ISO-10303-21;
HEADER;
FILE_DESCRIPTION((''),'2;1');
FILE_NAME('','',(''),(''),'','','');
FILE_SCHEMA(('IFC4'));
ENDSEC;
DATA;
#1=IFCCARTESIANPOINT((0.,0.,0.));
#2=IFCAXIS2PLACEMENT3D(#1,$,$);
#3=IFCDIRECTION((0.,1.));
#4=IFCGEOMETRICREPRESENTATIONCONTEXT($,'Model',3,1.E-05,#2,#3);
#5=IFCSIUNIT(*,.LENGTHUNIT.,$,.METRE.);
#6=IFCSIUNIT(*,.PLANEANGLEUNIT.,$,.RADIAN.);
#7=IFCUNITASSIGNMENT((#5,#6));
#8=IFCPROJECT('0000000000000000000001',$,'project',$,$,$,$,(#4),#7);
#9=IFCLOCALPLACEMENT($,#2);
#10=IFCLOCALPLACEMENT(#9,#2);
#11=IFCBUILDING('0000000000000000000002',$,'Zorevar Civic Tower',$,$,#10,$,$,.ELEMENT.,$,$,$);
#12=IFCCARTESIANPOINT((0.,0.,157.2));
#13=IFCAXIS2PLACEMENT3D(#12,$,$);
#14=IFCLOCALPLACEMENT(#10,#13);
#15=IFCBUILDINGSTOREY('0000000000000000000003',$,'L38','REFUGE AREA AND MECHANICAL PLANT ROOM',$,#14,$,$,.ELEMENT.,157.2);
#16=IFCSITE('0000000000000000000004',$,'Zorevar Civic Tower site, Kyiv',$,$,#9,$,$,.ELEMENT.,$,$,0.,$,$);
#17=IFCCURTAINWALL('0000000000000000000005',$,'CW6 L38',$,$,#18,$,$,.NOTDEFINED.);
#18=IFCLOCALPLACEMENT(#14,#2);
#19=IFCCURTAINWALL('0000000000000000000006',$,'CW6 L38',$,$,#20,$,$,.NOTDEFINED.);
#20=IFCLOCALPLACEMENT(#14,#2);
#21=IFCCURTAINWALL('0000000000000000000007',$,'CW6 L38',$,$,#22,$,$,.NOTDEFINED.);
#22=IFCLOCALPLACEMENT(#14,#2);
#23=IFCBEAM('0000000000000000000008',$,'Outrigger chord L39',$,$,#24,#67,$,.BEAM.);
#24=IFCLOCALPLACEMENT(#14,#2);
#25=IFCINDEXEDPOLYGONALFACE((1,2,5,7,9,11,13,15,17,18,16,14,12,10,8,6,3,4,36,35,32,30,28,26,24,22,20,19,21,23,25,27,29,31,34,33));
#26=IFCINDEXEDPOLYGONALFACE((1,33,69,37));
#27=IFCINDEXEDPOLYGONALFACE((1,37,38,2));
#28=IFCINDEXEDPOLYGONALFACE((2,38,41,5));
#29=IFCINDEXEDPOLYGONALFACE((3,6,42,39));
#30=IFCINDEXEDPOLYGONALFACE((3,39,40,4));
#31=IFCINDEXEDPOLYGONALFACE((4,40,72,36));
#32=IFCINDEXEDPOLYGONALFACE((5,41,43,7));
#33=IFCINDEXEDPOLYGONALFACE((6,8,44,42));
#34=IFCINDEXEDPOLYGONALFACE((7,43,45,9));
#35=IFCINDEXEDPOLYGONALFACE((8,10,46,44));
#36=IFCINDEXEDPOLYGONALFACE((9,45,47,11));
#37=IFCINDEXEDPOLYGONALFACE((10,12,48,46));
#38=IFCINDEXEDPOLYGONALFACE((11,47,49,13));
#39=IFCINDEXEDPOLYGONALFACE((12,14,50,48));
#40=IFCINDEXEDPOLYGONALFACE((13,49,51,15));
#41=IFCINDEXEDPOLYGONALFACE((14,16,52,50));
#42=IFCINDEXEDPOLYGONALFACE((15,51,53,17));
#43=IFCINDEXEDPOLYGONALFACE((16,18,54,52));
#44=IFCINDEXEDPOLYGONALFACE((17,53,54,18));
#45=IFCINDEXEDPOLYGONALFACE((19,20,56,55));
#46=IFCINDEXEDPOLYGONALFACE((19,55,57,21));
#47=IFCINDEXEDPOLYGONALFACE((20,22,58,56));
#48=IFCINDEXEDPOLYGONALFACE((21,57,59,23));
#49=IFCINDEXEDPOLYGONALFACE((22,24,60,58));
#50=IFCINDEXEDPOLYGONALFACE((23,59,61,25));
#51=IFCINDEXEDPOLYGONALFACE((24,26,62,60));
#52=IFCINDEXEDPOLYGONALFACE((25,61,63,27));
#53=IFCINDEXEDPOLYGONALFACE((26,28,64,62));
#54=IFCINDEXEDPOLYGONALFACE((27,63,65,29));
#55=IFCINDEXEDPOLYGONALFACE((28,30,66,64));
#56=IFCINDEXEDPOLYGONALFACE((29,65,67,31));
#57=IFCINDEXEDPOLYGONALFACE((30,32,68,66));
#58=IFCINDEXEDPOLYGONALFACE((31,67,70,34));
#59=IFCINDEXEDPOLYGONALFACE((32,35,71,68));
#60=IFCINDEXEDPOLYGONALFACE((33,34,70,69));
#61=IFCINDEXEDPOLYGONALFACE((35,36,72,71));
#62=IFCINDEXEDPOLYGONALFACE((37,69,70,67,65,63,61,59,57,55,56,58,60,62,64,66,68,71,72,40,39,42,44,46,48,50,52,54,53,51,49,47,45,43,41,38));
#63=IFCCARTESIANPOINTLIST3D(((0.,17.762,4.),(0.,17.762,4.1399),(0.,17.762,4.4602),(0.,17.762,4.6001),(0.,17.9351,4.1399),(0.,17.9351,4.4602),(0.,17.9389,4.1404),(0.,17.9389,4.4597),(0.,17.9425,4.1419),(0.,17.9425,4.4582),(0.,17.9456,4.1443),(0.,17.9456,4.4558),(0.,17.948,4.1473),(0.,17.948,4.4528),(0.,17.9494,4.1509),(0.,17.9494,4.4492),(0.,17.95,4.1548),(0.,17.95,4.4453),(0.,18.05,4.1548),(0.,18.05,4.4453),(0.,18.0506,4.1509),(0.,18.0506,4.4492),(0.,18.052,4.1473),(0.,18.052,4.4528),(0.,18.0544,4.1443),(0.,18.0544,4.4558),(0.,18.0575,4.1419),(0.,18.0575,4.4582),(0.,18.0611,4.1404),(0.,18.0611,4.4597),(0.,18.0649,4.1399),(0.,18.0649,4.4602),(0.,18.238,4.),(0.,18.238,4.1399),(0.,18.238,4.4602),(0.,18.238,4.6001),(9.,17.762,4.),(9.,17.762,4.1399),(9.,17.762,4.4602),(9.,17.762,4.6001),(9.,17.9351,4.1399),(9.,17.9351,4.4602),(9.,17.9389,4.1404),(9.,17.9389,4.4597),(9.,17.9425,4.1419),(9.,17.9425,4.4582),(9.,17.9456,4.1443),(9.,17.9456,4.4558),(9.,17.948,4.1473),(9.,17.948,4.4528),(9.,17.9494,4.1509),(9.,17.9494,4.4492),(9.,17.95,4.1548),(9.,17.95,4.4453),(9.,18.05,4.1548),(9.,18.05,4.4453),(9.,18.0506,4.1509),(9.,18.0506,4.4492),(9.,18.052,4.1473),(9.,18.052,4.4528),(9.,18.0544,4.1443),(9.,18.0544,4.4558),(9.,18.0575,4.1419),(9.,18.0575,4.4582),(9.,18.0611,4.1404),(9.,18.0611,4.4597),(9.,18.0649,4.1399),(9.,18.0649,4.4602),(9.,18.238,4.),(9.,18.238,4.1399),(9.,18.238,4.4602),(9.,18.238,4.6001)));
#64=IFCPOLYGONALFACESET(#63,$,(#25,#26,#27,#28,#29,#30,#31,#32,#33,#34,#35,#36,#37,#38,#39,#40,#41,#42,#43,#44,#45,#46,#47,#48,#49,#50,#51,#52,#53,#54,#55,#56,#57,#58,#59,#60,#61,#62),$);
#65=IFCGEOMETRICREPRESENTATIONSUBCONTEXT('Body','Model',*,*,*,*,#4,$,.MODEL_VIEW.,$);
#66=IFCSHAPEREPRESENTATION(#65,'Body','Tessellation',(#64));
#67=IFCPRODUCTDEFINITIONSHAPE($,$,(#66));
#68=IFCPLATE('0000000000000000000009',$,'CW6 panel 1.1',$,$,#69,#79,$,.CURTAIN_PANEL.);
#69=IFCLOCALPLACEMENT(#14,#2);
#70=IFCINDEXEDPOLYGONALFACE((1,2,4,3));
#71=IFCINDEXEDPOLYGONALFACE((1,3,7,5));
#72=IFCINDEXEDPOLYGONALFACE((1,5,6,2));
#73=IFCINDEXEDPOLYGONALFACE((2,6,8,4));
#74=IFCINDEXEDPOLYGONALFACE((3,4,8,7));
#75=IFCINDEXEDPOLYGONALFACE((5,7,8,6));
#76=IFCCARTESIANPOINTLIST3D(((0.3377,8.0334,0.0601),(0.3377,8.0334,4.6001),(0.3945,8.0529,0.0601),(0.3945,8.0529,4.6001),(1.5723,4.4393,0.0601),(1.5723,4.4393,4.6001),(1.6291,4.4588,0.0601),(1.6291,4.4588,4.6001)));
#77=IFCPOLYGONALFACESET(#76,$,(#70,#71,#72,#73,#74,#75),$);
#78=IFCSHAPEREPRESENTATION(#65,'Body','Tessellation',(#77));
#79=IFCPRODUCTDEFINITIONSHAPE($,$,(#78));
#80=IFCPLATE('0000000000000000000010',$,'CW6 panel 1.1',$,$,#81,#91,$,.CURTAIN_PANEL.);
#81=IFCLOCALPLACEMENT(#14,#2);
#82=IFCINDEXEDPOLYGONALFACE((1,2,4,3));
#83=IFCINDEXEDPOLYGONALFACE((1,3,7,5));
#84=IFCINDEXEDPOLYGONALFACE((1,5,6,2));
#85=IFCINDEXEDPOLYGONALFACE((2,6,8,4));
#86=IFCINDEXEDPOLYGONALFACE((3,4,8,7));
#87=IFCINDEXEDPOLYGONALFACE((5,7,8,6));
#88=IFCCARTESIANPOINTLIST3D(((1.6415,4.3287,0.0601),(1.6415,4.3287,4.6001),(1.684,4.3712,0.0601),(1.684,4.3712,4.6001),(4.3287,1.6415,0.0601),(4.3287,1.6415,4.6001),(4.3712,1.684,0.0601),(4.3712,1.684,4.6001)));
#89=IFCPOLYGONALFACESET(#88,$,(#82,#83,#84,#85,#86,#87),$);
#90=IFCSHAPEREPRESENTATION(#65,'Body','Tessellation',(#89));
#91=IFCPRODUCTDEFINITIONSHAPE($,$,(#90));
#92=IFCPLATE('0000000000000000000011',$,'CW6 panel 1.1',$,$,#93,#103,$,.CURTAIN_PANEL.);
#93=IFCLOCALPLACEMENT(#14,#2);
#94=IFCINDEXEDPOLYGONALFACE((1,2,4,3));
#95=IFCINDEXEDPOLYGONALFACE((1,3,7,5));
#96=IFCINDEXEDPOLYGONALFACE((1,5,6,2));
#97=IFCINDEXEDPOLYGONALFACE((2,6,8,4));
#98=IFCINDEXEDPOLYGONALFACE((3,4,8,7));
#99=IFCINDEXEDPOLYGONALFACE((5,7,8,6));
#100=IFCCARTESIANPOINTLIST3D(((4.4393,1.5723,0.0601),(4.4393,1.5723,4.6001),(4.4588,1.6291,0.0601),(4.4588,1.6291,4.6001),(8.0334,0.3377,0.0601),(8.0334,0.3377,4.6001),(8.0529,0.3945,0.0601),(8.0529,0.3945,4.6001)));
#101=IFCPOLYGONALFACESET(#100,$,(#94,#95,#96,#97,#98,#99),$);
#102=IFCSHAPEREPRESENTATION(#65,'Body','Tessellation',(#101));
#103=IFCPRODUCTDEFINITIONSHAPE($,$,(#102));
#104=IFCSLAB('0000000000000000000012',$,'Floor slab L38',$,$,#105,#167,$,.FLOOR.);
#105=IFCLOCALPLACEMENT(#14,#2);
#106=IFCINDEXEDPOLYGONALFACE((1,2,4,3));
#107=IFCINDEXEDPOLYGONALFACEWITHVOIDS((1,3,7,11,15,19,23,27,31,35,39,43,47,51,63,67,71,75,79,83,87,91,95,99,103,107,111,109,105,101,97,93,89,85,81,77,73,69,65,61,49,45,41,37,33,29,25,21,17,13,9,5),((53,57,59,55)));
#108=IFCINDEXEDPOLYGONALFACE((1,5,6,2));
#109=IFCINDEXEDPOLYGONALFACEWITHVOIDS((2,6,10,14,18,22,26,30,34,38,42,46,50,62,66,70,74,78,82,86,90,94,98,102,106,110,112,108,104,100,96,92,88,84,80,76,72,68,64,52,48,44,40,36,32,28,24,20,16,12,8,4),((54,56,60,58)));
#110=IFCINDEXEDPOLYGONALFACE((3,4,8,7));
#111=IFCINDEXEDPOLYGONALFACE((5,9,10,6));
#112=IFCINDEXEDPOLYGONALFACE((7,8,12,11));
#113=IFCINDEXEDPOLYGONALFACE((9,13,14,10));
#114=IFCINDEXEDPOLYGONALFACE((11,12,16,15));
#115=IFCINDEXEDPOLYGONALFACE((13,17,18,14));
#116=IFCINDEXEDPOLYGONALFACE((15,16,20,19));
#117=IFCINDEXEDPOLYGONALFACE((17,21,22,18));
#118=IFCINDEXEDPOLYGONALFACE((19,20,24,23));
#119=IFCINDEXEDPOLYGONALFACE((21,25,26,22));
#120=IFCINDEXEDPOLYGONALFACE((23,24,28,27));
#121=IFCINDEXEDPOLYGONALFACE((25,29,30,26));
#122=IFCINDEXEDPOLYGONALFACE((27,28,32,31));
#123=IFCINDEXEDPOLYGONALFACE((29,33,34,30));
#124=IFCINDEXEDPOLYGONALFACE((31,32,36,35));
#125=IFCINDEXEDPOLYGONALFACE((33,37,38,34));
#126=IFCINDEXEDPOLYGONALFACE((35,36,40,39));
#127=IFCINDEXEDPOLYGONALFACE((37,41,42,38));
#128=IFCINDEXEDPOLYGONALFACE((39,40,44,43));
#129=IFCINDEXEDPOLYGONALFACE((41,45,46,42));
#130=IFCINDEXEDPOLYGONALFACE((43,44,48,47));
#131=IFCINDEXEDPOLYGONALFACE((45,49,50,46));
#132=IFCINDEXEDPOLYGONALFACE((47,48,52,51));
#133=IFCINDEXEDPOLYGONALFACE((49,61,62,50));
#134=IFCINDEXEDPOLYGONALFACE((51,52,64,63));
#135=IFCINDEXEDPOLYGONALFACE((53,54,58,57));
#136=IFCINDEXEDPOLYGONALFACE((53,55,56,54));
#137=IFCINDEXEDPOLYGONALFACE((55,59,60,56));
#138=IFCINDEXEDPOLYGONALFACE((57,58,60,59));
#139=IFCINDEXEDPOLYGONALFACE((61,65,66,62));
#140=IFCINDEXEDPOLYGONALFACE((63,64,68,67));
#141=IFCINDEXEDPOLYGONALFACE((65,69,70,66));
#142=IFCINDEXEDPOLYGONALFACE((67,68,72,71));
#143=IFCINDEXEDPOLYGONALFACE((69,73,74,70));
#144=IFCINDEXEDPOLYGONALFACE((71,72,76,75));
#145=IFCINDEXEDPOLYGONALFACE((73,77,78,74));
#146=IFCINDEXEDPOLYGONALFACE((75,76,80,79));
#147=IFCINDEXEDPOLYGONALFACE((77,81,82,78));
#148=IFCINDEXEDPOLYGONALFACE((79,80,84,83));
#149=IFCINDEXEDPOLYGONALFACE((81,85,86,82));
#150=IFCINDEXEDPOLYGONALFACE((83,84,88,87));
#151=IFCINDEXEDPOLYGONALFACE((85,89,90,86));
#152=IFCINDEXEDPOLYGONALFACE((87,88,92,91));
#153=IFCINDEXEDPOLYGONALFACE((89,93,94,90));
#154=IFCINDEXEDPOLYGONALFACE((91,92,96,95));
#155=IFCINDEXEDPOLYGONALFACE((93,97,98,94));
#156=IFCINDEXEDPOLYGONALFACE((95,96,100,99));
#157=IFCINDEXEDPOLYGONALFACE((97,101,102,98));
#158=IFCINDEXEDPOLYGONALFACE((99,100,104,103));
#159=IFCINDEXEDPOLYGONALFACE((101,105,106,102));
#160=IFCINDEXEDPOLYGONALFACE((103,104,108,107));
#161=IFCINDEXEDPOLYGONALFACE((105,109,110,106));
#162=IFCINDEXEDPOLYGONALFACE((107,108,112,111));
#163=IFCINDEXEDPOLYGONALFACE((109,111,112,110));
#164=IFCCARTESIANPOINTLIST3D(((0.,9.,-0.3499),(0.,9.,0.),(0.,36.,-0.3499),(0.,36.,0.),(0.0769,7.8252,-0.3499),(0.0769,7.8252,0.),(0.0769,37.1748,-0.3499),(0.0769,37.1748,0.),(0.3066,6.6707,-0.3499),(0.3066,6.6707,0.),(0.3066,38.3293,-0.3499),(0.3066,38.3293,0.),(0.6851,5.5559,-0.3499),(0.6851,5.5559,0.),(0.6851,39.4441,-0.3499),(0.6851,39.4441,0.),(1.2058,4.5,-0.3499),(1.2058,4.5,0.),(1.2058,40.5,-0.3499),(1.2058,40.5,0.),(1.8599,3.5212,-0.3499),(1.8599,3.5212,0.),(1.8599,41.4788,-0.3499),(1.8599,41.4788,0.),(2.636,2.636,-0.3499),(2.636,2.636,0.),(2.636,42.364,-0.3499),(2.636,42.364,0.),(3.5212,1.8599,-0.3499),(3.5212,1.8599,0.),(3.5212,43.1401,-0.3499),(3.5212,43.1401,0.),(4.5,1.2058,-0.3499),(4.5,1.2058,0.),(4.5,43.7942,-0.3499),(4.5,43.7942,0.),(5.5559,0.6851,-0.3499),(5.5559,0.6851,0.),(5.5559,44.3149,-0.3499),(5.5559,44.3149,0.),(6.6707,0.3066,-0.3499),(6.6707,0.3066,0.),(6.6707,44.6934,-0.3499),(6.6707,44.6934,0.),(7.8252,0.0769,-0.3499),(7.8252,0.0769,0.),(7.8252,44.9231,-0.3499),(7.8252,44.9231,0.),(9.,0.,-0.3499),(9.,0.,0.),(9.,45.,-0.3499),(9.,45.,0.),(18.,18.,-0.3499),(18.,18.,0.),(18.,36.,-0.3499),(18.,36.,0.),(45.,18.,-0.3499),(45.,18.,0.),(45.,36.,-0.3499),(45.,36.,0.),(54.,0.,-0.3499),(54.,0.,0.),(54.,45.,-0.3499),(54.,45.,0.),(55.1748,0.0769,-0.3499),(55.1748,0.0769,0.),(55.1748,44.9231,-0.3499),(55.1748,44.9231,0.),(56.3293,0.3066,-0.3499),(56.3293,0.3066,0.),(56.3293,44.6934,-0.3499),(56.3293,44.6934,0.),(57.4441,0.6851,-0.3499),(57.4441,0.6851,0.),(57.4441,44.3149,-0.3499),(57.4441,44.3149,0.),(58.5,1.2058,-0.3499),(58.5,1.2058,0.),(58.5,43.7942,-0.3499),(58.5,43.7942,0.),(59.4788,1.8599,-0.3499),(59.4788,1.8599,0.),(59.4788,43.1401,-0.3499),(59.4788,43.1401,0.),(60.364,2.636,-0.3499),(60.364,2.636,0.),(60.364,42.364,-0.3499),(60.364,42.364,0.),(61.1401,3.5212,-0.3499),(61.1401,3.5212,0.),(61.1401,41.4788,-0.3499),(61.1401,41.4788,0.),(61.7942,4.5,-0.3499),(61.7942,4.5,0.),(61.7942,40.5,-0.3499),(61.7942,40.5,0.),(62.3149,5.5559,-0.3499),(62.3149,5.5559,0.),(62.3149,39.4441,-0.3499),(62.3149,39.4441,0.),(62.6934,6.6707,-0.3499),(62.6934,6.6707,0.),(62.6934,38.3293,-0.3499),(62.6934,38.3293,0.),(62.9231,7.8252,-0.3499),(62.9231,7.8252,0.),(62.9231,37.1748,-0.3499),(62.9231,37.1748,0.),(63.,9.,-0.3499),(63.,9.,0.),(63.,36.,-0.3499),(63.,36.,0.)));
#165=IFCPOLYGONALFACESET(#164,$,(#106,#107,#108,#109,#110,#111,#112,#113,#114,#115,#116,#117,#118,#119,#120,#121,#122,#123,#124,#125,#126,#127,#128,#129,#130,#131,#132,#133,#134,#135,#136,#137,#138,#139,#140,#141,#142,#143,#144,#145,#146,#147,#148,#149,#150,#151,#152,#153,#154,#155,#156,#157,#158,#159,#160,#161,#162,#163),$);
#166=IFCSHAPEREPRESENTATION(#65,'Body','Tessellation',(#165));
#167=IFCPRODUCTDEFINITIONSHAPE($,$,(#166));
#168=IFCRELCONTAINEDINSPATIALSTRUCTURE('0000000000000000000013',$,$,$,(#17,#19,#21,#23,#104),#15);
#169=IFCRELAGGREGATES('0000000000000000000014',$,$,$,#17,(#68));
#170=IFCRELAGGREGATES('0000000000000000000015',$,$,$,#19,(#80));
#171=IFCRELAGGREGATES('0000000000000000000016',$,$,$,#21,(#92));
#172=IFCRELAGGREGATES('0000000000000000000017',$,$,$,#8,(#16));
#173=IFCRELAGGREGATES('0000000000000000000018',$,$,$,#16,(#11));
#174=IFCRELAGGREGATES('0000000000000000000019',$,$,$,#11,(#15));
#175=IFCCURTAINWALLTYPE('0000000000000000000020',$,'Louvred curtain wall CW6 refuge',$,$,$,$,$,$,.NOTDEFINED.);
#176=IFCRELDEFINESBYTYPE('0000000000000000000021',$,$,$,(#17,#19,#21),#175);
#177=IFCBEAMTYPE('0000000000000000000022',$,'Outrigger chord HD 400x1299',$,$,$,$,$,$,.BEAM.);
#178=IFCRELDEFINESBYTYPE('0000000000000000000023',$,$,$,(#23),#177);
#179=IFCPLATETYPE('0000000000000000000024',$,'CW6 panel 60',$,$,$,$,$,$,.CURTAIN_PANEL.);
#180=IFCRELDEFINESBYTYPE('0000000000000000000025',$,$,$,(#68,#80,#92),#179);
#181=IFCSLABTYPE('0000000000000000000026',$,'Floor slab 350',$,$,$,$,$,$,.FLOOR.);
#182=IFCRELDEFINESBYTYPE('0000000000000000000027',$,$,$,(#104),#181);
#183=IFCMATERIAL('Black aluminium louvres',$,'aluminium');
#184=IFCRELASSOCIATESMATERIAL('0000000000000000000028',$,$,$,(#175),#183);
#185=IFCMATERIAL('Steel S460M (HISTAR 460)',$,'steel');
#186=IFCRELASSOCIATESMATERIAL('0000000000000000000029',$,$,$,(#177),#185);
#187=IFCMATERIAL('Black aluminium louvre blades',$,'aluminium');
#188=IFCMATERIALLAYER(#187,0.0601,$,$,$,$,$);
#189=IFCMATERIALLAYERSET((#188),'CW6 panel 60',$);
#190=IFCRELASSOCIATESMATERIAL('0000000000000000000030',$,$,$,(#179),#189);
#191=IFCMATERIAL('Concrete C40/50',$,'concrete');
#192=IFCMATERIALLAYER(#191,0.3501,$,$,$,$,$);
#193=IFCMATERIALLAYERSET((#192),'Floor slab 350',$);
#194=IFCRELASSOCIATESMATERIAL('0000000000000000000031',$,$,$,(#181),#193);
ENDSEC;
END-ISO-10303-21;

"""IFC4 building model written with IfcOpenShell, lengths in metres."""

from ifc_helpers import new_model, si_unit, direction, frame, origin, origin_2d, place, context, subcontext, project, spatial, polyline, rectangle, i_section, outline, extrude, material, layer, layer_set, material_profile, profile_set, type_object, element, aggregate, save


model = new_model("IFC4")

# Units and contexts
model_context = context("Model", 3, precision=1e-05, world=origin(), true_north=direction((0.0, 1.0)))
body_context = subcontext(model_context, "Body", "Model", "MODEL_VIEW")
ifc_project = project(units=[si_unit("LENGTHUNIT", "METRE"), si_unit("PLANEANGLEUNIT", "RADIAN")], contexts=[model_context])

# Site, building, storey
site_placement = place(None, origin())
site = spatial("IfcSite", under=ifc_project, at=site_placement, Name="Zorevar Civic Tower site, Kyiv", CompositionType="ELEMENT", RefElevation=0.0)
building_placement = place(site_placement, origin())
building = spatial("IfcBuilding", under=site, at=building_placement, Name="Zorevar Civic Tower", CompositionType="ELEMENT")
storey_placement = place(building_placement, frame((0.0, 0.0, 157.2)))
storey = spatial("IfcBuildingStorey", under=building, at=storey_placement, Name="L38", Description="REFUGE AREA AND MECHANICAL PLANT ROOM", CompositionType="ELEMENT", Elevation=157.2)

# Curtain walls
ifc_material_1 = material(Name="Black aluminium louvres", Category="aluminium")
curtain_wall_type = type_object("IfcCurtainWallType", Name="Louvred curtain wall CW6 refuge", PredefinedType="NOTDEFINED", material=ifc_material_1)
curtain_wall_1_placement = place(storey_placement, origin())
curtain_wall_1 = element("IfcCurtainWall", 1, at=curtain_wall_1_placement, inside=storey, type_object=curtain_wall_type, Name="CW6 L38", PredefinedType="NOTDEFINED")
curtain_wall_2_placement = place(storey_placement, origin())
curtain_wall_2 = element("IfcCurtainWall", 2, at=curtain_wall_2_placement, inside=storey, type_object=curtain_wall_type, Name="CW6 L38", PredefinedType="NOTDEFINED")
curtain_wall_3_placement = place(storey_placement, origin())
curtain_wall_3 = element("IfcCurtainWall", 3, at=curtain_wall_3_placement, inside=storey, type_object=curtain_wall_type, Name="CW6 L38", PredefinedType="NOTDEFINED")

# Beam
ifc_material_2 = material(Name="Steel S460M (HISTAR 460)", Category="steel")
ifc_material_profile_1 = material_profile(ifc_material_2, i_section(OverallWidth=0.4761, OverallDepth=0.6001, WebThickness=0.1001, FlangeThickness=0.1399, FilletRadius=0.0149, at=origin_2d()), Name="HD 400x1299")
ifc_profile_set_1 = profile_set([ifc_material_profile_1], Name="Steel S460M (HISTAR 460)")
beam_type_1 = type_object("IfcBeamType", Name="Outrigger chord HD 400x1299", PredefinedType="BEAM", material=ifc_profile_set_1)
beam_1_placement = place(storey_placement, frame((0.0, 18.0, 4.3), z_axis=(1.0, 0.0, 0.0), x_axis=(0.0, 1.0, 0.0)))
element("IfcBeam", 4, at=beam_1_placement, inside=storey, type_object=beam_type_1, Name="Outrigger chord L39", PredefinedType="BEAM", context=body_context, shape_type="SweptSolid", body=[
    extrude(i_section(OverallWidth=0.4761, OverallDepth=0.6001, WebThickness=0.1001, FlangeThickness=0.1399, FilletRadius=0.0149, at=origin_2d()), origin(), (0.0, 0.0, 1.0), 9.0),
])

# Plates
ifc_material_3 = material(Name="Black aluminium louvre blades", Category="aluminium")
ifc_layer_1 = layer(ifc_material_3, 0.0601)
ifc_layer_set_1 = layer_set([ifc_layer_1], Name="CW6 panel 60")
plate_type = type_object("IfcPlateType", Name="CW6 panel 60", PredefinedType="CURTAIN_PANEL", material=ifc_layer_set_1)
plate_1_placement = place(storey_placement, frame((0.9834, 6.2461, 0.0601), z_axis=(0.0, 0.0, 1.0), x_axis=(0.324878, -0.945756, 0.0)))
plate_1 = element("IfcPlate", 5, at=plate_1_placement, type_object=plate_type, Name="CW6 panel 1.1", PredefinedType="CURTAIN_PANEL", context=body_context, shape_type="SweptSolid", body=[
    extrude(rectangle(XDim=3.8003, YDim=0.0601, at=origin_2d()), origin(), (0.0, 0.0, 1.0), 4.54),
])
aggregate(curtain_wall_1, [plate_1])
plate_2_placement = place(storey_placement, frame((3.0063, 3.0063, 0.0601), z_axis=(0.0, 0.0, 1.0), x_axis=(0.707107, -0.707107, 0.0)))
plate_2 = element("IfcPlate", 6, at=plate_2_placement, type_object=plate_type, Name="CW6 panel 1.1", PredefinedType="CURTAIN_PANEL", context=body_context, shape_type="SweptSolid", body=[
    extrude(rectangle(XDim=3.8003, YDim=0.0601, at=origin_2d()), origin(), (0.0, 0.0, 1.0), 4.54),
])
aggregate(curtain_wall_2, [plate_2])
plate_3_placement = place(storey_placement, frame((6.2461, 0.9834, 0.0601), z_axis=(0.0, 0.0, 1.0), x_axis=(0.945756, -0.324878, 0.0)))
plate_3 = element("IfcPlate", 7, at=plate_3_placement, type_object=plate_type, Name="CW6 panel 1.1", PredefinedType="CURTAIN_PANEL", context=body_context, shape_type="SweptSolid", body=[
    extrude(rectangle(XDim=3.8003, YDim=0.0601, at=origin_2d()), origin(), (0.0, 0.0, 1.0), 4.54),
])
aggregate(curtain_wall_3, [plate_3])

# Slab
ifc_material_4 = material(Name="Concrete C40/50", Category="concrete")
ifc_layer_2 = layer(ifc_material_4, 0.3501)
ifc_layer_set_2 = layer_set([ifc_layer_2], Name="Floor slab 350")
slab_type_1 = type_object("IfcSlabType", Name="Floor slab 350", PredefinedType="FLOOR", material=ifc_layer_set_2)
slab_1_placement = place(storey_placement, frame((0.0, 0.0, -0.3499)))
element("IfcSlab", 8, at=slab_1_placement, inside=storey, type_object=slab_type_1, Name="Floor slab L38", PredefinedType="FLOOR", context=body_context, shape_type="SweptSolid", body=[
    extrude(outline(polyline([(54.0, 0.0), (55.1748, 0.0769), (56.3293, 0.3066), (57.4441, 0.6851), (58.5, 1.2058), (59.4788, 1.8599), (60.364, 2.636), (61.1401, 3.5212), (61.7942, 4.5), (62.3149, 5.5559), (62.6934, 6.6707), (62.9231, 7.8252), (63.0, 9.0), (63.0, 36.0), (62.9231, 37.1748), (62.6934, 38.3293), (62.3149, 39.4441), (61.7942, 40.5), (61.1401, 41.4788), (60.364, 42.364), (59.4788, 43.1401), (58.5, 43.7942), (57.4441, 44.3149), (56.3293, 44.6934), (55.1748, 44.9231), (54.0, 45.0), (9.0, 45.0), (7.8252, 44.9231), (6.6707, 44.6934), (5.5559, 44.3149), (4.5, 43.7942), (3.5212, 43.1401), (2.636, 42.364), (1.8599, 41.4788), (1.2058, 40.5), (0.6851, 39.4441), (0.3066, 38.3293), (0.0769, 37.1748), (0.0, 36.0), (0.0, 9.0), (0.0769, 7.8252), (0.3066, 6.6707), (0.6851, 5.5559), (1.2058, 4.5), (1.8599, 3.5212), (2.636, 2.636), (3.5212, 1.8599), (4.5, 1.2058), (5.5559, 0.6851), (6.6707, 0.3066), (7.8252, 0.0769), (9.0, 0.0), (54.0, 0.0)]), holes=[polyline([(18.0, 18.0), (45.0, 18.0), (45.0, 36.0), (18.0, 36.0), (18.0, 18.0)])]), origin(), (0.0, 0.0, 1.0), 0.3499),
])

save(model, "model.ifc")
